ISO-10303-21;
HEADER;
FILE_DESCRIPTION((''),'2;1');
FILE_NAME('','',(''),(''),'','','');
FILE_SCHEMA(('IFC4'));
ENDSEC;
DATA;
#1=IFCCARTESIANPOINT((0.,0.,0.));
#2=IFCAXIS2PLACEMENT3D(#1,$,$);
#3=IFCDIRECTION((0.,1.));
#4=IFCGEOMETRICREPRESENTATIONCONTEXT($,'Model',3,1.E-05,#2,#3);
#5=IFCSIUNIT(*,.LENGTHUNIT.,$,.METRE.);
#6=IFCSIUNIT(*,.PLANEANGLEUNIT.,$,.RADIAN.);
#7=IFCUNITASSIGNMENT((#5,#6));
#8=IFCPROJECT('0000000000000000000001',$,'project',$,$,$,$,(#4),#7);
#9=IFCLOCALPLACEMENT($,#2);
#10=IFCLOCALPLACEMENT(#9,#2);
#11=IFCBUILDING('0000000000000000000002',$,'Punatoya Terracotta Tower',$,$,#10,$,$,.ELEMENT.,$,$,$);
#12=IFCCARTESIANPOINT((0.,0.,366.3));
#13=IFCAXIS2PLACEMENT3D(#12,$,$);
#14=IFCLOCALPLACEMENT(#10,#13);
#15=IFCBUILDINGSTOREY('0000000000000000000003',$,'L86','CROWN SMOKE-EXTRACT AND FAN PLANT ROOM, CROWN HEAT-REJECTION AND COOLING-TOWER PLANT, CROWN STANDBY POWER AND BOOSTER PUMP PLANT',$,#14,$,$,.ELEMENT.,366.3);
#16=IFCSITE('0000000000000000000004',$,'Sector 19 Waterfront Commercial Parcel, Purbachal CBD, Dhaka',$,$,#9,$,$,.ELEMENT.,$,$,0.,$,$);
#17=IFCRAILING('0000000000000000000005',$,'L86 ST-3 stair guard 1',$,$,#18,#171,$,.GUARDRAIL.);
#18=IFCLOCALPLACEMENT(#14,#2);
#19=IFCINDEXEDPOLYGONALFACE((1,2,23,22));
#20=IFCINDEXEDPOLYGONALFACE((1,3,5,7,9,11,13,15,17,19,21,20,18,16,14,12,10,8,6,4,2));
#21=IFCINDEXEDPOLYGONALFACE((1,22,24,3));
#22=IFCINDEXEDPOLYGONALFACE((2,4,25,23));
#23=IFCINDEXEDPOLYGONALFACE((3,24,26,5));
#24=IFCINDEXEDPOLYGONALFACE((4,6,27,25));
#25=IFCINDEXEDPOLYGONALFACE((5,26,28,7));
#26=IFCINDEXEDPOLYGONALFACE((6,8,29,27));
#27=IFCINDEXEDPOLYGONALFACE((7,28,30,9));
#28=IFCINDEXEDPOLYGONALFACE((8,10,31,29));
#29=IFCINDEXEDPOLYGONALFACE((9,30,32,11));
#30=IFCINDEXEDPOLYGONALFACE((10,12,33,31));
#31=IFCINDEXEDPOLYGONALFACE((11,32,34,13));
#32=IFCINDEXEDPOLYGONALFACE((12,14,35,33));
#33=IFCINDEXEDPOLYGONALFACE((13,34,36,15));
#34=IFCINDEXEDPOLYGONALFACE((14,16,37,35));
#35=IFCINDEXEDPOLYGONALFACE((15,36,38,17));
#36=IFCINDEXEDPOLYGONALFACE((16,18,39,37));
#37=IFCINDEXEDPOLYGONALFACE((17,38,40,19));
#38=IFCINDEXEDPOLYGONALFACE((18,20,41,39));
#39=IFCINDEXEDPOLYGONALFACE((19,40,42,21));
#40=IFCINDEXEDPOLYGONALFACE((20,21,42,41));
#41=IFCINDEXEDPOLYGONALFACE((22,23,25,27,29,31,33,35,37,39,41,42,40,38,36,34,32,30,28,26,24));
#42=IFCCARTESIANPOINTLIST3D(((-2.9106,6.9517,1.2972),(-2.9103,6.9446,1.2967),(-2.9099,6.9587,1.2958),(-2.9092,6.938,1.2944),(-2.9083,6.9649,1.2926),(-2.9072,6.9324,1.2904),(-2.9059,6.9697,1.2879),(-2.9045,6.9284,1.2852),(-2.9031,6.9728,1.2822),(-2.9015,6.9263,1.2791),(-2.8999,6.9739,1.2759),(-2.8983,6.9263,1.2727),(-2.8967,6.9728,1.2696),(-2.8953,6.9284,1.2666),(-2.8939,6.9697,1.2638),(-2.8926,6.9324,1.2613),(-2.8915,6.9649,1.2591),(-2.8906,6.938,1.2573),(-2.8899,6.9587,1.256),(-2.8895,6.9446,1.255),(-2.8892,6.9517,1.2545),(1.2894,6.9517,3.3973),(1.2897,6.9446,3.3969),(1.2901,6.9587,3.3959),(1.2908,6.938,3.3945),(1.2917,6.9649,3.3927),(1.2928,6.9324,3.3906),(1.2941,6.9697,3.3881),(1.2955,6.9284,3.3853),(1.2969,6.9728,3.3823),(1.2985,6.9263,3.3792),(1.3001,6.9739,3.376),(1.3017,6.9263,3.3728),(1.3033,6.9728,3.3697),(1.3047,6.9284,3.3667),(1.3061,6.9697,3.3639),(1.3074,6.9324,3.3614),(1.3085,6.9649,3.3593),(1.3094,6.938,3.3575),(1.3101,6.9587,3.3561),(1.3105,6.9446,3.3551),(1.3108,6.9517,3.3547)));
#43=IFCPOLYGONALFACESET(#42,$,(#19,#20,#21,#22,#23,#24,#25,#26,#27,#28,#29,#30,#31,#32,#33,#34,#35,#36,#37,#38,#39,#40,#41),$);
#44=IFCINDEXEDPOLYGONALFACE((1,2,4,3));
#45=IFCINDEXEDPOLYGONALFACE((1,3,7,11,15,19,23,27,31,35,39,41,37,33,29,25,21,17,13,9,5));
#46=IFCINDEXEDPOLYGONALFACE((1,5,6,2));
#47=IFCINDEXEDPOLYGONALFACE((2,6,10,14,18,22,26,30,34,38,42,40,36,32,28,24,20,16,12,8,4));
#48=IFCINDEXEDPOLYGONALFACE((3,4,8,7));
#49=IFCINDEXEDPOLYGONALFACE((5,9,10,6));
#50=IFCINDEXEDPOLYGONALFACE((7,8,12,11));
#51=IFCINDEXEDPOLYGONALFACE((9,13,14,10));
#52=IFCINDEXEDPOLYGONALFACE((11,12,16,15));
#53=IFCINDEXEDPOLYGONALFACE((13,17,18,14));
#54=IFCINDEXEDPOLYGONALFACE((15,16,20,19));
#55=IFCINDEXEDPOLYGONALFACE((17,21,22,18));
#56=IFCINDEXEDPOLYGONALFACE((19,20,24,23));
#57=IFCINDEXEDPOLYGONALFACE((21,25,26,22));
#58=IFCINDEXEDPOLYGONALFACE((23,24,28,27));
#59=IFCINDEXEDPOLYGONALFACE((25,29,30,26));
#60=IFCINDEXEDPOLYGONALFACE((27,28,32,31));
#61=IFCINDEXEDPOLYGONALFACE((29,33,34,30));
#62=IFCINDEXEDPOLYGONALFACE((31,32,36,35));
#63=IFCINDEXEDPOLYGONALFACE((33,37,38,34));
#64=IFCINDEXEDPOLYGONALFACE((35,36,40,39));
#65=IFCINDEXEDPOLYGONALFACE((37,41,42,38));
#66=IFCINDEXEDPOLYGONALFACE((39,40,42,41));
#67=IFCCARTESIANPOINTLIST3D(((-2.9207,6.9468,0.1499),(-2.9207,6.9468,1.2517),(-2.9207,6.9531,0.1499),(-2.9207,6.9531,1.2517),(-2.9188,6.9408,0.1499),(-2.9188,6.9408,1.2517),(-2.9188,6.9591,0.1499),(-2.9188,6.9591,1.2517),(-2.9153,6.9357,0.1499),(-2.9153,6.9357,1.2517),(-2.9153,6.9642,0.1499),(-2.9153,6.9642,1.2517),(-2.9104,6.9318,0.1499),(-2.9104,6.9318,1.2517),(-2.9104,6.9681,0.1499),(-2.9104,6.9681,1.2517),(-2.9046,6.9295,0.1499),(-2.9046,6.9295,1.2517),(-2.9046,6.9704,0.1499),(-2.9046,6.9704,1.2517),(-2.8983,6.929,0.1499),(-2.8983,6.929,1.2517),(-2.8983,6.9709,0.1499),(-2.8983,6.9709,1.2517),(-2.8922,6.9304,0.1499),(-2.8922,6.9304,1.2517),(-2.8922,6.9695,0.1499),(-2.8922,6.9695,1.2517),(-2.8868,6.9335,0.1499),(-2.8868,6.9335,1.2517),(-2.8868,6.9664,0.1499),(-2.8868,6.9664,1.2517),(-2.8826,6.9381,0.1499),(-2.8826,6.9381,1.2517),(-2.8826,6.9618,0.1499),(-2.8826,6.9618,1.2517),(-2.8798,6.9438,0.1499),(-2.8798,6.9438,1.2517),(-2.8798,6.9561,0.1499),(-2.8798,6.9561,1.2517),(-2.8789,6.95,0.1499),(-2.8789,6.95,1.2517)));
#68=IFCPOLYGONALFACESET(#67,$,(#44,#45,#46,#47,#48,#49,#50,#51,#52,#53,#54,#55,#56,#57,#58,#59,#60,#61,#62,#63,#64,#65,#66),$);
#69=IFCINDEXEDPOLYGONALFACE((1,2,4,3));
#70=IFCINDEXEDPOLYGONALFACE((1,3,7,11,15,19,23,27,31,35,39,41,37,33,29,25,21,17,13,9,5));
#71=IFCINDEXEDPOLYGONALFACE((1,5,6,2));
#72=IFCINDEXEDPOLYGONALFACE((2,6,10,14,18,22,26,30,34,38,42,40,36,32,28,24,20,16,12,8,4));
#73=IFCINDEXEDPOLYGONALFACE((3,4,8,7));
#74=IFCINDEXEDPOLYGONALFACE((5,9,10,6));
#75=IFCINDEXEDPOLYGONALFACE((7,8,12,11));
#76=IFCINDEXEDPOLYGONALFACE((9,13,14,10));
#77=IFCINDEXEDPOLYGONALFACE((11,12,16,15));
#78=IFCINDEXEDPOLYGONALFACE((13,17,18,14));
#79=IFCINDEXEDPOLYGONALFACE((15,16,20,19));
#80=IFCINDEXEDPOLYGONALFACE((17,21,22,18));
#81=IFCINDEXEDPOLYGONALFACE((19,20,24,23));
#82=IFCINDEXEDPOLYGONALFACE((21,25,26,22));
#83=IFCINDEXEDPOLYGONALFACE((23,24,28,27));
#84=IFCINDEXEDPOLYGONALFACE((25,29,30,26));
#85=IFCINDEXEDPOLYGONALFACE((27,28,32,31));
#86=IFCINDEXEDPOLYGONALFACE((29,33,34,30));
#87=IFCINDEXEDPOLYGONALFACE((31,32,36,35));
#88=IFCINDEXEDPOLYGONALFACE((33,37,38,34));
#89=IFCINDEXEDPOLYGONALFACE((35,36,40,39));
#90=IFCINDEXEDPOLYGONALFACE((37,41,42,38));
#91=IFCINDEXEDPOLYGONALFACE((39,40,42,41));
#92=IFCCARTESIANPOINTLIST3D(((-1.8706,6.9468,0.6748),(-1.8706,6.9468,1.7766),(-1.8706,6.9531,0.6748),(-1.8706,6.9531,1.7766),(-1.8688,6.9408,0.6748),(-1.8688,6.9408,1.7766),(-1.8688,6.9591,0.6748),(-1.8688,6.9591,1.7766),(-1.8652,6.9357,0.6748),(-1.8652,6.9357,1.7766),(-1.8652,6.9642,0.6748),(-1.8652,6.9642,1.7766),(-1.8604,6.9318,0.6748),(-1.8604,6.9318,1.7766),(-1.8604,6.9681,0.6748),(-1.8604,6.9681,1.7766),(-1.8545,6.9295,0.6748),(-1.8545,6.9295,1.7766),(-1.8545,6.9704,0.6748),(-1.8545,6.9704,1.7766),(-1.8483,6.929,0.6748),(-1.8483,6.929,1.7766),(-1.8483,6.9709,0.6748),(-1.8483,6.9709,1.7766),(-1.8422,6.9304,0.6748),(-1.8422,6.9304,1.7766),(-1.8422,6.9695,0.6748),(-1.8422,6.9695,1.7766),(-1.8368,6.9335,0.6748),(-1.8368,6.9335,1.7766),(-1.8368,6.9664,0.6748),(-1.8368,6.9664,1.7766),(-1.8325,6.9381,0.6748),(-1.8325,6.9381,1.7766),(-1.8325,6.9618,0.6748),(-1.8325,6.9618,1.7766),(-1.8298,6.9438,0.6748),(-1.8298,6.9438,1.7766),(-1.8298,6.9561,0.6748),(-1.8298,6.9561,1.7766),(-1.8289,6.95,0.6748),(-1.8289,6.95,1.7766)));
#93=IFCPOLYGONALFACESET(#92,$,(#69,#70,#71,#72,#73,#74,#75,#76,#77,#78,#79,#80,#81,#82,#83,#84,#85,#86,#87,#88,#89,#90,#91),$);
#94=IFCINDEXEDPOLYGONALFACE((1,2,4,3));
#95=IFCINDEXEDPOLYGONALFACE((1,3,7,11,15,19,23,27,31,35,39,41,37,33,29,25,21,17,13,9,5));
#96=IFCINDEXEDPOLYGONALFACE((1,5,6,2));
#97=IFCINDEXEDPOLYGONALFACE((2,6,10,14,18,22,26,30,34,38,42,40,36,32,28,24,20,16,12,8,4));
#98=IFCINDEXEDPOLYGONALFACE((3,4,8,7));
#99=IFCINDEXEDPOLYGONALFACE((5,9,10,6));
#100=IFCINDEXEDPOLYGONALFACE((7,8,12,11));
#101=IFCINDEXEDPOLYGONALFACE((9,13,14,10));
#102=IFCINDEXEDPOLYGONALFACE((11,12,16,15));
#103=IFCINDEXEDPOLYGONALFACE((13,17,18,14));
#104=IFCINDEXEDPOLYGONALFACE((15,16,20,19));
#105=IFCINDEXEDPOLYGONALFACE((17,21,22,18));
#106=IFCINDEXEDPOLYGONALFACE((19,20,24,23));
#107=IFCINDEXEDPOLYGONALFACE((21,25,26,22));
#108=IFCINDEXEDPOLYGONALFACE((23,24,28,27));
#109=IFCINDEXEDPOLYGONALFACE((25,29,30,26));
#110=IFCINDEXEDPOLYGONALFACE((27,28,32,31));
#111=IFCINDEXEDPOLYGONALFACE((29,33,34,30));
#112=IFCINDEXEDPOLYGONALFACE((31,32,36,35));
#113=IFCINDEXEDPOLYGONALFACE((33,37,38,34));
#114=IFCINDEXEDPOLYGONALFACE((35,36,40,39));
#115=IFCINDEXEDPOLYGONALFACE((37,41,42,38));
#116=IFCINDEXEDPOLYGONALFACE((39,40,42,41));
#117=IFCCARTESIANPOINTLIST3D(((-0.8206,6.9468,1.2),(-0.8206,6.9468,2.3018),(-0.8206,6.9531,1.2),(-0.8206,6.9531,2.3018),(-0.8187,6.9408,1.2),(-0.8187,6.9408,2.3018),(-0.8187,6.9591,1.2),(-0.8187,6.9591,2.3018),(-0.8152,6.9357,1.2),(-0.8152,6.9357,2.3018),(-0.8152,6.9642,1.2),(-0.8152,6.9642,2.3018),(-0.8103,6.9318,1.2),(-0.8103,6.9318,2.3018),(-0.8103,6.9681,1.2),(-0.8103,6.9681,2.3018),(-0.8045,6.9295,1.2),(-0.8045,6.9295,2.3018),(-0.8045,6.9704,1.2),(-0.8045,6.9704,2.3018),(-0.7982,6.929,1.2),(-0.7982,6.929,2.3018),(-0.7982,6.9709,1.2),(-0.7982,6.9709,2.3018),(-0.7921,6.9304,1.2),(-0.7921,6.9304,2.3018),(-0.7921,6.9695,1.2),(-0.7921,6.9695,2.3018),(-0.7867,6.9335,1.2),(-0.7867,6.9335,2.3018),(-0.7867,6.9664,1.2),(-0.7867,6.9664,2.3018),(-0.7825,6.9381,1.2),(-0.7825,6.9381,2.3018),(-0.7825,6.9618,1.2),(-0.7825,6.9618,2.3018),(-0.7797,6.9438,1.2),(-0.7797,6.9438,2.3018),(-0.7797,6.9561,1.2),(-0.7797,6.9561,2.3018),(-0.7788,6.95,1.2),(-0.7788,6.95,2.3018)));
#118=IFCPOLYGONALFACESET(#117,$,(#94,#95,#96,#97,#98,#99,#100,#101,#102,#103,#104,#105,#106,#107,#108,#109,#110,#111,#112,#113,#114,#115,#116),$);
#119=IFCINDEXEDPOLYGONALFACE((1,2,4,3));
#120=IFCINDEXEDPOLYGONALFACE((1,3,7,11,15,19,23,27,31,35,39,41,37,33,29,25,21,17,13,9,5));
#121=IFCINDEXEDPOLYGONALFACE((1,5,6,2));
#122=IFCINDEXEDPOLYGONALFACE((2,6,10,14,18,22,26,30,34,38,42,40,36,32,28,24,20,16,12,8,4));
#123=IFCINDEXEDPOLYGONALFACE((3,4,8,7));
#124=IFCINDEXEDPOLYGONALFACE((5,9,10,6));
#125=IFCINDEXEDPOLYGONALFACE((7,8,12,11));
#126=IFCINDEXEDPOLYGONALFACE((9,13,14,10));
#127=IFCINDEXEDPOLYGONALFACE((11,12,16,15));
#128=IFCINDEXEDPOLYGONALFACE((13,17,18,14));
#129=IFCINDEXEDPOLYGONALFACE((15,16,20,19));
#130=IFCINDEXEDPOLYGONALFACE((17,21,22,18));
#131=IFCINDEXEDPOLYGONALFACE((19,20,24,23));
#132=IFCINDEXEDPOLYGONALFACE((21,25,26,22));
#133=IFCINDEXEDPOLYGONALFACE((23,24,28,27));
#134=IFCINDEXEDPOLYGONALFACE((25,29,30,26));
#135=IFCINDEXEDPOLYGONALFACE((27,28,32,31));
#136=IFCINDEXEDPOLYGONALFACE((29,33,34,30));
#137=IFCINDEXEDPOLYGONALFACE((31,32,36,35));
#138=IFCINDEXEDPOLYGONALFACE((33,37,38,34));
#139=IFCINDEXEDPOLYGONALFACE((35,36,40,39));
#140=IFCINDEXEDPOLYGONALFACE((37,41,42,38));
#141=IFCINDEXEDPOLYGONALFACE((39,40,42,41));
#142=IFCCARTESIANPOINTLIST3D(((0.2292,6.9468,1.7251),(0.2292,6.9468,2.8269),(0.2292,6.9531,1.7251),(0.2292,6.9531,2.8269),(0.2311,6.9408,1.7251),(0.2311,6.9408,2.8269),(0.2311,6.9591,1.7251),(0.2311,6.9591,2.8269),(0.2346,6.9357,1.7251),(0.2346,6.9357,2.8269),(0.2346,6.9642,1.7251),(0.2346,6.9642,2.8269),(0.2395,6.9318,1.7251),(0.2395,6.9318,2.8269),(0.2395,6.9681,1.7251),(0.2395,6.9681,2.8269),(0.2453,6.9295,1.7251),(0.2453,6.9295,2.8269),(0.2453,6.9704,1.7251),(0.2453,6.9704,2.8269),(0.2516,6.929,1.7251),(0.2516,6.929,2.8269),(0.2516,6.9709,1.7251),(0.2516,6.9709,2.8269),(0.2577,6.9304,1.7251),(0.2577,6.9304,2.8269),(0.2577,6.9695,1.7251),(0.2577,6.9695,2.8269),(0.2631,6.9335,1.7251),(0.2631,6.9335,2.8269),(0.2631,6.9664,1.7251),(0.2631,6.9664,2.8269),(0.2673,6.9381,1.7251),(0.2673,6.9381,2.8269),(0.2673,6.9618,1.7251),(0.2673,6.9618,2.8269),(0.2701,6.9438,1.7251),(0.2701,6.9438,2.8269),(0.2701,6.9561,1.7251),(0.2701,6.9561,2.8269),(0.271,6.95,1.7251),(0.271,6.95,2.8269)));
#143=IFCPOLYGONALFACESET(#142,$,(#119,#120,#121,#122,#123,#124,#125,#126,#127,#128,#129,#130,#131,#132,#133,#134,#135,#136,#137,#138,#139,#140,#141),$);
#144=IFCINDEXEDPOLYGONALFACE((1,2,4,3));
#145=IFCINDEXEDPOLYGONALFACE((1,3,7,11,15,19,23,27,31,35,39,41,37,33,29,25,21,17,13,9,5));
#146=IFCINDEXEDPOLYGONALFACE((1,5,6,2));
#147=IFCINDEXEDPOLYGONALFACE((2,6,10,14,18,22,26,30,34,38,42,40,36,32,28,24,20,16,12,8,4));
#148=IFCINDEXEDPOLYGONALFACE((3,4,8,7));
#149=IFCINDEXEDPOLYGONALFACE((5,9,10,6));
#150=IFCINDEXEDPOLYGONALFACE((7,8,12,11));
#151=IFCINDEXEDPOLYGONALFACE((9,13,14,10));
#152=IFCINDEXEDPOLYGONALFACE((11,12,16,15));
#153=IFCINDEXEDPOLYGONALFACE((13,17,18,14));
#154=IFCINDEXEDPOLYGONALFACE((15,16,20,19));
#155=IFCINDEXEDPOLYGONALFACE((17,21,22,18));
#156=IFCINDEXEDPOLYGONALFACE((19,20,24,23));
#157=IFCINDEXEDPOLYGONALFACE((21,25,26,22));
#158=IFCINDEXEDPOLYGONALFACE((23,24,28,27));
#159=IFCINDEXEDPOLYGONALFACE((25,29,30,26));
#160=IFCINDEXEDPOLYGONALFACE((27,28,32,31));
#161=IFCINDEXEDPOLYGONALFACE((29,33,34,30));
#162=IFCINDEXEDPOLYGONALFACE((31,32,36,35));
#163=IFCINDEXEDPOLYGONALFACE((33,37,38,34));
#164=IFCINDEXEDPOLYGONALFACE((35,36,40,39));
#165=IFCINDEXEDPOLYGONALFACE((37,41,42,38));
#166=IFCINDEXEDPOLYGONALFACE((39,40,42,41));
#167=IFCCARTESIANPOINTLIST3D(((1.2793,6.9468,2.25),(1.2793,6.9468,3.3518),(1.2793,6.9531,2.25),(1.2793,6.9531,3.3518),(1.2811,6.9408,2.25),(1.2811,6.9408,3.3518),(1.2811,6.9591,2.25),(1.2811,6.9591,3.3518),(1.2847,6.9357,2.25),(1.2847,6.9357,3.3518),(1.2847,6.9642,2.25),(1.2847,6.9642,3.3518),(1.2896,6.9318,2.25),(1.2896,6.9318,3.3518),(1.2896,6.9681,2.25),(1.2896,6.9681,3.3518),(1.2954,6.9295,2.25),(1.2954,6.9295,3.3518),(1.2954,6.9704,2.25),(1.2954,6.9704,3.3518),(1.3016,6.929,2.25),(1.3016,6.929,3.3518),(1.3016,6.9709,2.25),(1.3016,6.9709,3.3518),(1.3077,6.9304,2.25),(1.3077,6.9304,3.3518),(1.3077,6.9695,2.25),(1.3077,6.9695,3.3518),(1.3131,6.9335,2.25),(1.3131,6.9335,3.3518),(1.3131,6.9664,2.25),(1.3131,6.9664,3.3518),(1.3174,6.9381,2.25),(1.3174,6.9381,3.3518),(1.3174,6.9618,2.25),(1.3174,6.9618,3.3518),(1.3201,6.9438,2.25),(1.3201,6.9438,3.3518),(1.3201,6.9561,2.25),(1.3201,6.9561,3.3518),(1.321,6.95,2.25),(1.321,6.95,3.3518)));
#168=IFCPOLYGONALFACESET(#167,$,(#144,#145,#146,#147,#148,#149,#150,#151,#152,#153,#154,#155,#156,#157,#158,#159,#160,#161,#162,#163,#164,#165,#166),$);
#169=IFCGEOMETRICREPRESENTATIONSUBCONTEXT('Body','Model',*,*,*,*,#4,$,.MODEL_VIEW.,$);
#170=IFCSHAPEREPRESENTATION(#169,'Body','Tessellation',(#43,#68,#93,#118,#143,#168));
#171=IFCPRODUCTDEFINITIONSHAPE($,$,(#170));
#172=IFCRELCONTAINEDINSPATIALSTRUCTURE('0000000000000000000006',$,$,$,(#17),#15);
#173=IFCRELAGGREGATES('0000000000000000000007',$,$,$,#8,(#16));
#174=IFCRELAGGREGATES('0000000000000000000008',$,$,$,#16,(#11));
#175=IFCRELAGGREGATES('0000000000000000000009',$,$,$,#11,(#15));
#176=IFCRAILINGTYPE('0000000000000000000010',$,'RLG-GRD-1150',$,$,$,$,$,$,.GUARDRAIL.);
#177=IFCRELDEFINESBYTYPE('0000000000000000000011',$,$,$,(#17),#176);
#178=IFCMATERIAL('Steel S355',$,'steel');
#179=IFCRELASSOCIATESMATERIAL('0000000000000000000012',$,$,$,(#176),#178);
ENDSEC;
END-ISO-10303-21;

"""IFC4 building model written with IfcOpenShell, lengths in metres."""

from ifc_helpers import new_model, si_unit, direction, frame, origin, origin_2d, place, context, subcontext, project, spatial, circle, extrude, material, type_object, element, save


model = new_model("IFC4")

# Units and contexts
model_context = context("Model", 3, precision=1e-05, world=origin(), true_north=direction((0.0, 1.0)))
body_context = subcontext(model_context, "Body", "Model", "MODEL_VIEW")
ifc_project = project(units=[si_unit("LENGTHUNIT", "METRE"), si_unit("PLANEANGLEUNIT", "RADIAN")], contexts=[model_context])

# Site, building, storey
site_placement = place(None, origin())
site = spatial("IfcSite", under=ifc_project, at=site_placement, Name="Sector 19 Waterfront Commercial Parcel, Purbachal CBD, Dhaka", CompositionType="ELEMENT", RefElevation=0.0)
building_placement = place(site_placement, origin())
building = spatial("IfcBuilding", under=site, at=building_placement, Name="Punatoya Terracotta Tower", CompositionType="ELEMENT")
storey_placement = place(building_placement, frame((0.0, 0.0, 366.3)))
storey = spatial("IfcBuildingStorey", under=building, at=storey_placement, Name="L86", Description="CROWN SMOKE-EXTRACT AND FAN PLANT ROOM, CROWN HEAT-REJECTION AND COOLING-TOWER PLANT, CROWN STANDBY POWER AND BOOSTER PUMP PLANT", CompositionType="ELEMENT", Elevation=366.3)

# Shared definitions
ifc_material_1 = material(Name="Steel S355", Category="steel")

# Railing
railing_type_1 = type_object("IfcRailingType", Name="RLG-GRD-1150", PredefinedType="GUARDRAIL", material=ifc_material_1)
railing_1_placement = place(storey_placement, frame((-2.8999, 6.95, 0.1499)))
element("IfcRailing", 1, at=railing_1_placement, inside=storey, type_object=railing_type_1, Name="L86 ST-3 stair guard 1", PredefinedType="GUARDRAIL", context=body_context, shape_type="SweptSolid", body=[
    extrude(circle(Radius=0.0239, at=origin_2d()), frame((0.0, 0.0, 1.126), z_axis=(0.894417, 0.0, 0.447234), x_axis=(0.0, 1.0, 0.0)), (0.0, 0.0, 1.0), 4.6958),
    extrude(circle(Radius=0.021, at=origin_2d()), origin(), (0.0, 0.0, 1.0), 1.1018),
    extrude(circle(Radius=0.021, at=origin_2d()), frame((1.05, 0.0, 0.5249)), (0.0, 0.0, 1.0), 1.1018),
    extrude(circle(Radius=0.021, at=origin_2d()), frame((2.1001, 0.0, 1.05)), (0.0, 0.0, 1.0), 1.1018),
    extrude(circle(Radius=0.021, at=origin_2d()), frame((3.1499, 0.0, 1.5752)), (0.0, 0.0, 1.0), 1.1018),
    extrude(circle(Radius=0.021, at=origin_2d()), frame((4.2, 0.0, 2.1001)), (0.0, 0.0, 1.0), 1.1018),
])

save(model, "model.ifc")
